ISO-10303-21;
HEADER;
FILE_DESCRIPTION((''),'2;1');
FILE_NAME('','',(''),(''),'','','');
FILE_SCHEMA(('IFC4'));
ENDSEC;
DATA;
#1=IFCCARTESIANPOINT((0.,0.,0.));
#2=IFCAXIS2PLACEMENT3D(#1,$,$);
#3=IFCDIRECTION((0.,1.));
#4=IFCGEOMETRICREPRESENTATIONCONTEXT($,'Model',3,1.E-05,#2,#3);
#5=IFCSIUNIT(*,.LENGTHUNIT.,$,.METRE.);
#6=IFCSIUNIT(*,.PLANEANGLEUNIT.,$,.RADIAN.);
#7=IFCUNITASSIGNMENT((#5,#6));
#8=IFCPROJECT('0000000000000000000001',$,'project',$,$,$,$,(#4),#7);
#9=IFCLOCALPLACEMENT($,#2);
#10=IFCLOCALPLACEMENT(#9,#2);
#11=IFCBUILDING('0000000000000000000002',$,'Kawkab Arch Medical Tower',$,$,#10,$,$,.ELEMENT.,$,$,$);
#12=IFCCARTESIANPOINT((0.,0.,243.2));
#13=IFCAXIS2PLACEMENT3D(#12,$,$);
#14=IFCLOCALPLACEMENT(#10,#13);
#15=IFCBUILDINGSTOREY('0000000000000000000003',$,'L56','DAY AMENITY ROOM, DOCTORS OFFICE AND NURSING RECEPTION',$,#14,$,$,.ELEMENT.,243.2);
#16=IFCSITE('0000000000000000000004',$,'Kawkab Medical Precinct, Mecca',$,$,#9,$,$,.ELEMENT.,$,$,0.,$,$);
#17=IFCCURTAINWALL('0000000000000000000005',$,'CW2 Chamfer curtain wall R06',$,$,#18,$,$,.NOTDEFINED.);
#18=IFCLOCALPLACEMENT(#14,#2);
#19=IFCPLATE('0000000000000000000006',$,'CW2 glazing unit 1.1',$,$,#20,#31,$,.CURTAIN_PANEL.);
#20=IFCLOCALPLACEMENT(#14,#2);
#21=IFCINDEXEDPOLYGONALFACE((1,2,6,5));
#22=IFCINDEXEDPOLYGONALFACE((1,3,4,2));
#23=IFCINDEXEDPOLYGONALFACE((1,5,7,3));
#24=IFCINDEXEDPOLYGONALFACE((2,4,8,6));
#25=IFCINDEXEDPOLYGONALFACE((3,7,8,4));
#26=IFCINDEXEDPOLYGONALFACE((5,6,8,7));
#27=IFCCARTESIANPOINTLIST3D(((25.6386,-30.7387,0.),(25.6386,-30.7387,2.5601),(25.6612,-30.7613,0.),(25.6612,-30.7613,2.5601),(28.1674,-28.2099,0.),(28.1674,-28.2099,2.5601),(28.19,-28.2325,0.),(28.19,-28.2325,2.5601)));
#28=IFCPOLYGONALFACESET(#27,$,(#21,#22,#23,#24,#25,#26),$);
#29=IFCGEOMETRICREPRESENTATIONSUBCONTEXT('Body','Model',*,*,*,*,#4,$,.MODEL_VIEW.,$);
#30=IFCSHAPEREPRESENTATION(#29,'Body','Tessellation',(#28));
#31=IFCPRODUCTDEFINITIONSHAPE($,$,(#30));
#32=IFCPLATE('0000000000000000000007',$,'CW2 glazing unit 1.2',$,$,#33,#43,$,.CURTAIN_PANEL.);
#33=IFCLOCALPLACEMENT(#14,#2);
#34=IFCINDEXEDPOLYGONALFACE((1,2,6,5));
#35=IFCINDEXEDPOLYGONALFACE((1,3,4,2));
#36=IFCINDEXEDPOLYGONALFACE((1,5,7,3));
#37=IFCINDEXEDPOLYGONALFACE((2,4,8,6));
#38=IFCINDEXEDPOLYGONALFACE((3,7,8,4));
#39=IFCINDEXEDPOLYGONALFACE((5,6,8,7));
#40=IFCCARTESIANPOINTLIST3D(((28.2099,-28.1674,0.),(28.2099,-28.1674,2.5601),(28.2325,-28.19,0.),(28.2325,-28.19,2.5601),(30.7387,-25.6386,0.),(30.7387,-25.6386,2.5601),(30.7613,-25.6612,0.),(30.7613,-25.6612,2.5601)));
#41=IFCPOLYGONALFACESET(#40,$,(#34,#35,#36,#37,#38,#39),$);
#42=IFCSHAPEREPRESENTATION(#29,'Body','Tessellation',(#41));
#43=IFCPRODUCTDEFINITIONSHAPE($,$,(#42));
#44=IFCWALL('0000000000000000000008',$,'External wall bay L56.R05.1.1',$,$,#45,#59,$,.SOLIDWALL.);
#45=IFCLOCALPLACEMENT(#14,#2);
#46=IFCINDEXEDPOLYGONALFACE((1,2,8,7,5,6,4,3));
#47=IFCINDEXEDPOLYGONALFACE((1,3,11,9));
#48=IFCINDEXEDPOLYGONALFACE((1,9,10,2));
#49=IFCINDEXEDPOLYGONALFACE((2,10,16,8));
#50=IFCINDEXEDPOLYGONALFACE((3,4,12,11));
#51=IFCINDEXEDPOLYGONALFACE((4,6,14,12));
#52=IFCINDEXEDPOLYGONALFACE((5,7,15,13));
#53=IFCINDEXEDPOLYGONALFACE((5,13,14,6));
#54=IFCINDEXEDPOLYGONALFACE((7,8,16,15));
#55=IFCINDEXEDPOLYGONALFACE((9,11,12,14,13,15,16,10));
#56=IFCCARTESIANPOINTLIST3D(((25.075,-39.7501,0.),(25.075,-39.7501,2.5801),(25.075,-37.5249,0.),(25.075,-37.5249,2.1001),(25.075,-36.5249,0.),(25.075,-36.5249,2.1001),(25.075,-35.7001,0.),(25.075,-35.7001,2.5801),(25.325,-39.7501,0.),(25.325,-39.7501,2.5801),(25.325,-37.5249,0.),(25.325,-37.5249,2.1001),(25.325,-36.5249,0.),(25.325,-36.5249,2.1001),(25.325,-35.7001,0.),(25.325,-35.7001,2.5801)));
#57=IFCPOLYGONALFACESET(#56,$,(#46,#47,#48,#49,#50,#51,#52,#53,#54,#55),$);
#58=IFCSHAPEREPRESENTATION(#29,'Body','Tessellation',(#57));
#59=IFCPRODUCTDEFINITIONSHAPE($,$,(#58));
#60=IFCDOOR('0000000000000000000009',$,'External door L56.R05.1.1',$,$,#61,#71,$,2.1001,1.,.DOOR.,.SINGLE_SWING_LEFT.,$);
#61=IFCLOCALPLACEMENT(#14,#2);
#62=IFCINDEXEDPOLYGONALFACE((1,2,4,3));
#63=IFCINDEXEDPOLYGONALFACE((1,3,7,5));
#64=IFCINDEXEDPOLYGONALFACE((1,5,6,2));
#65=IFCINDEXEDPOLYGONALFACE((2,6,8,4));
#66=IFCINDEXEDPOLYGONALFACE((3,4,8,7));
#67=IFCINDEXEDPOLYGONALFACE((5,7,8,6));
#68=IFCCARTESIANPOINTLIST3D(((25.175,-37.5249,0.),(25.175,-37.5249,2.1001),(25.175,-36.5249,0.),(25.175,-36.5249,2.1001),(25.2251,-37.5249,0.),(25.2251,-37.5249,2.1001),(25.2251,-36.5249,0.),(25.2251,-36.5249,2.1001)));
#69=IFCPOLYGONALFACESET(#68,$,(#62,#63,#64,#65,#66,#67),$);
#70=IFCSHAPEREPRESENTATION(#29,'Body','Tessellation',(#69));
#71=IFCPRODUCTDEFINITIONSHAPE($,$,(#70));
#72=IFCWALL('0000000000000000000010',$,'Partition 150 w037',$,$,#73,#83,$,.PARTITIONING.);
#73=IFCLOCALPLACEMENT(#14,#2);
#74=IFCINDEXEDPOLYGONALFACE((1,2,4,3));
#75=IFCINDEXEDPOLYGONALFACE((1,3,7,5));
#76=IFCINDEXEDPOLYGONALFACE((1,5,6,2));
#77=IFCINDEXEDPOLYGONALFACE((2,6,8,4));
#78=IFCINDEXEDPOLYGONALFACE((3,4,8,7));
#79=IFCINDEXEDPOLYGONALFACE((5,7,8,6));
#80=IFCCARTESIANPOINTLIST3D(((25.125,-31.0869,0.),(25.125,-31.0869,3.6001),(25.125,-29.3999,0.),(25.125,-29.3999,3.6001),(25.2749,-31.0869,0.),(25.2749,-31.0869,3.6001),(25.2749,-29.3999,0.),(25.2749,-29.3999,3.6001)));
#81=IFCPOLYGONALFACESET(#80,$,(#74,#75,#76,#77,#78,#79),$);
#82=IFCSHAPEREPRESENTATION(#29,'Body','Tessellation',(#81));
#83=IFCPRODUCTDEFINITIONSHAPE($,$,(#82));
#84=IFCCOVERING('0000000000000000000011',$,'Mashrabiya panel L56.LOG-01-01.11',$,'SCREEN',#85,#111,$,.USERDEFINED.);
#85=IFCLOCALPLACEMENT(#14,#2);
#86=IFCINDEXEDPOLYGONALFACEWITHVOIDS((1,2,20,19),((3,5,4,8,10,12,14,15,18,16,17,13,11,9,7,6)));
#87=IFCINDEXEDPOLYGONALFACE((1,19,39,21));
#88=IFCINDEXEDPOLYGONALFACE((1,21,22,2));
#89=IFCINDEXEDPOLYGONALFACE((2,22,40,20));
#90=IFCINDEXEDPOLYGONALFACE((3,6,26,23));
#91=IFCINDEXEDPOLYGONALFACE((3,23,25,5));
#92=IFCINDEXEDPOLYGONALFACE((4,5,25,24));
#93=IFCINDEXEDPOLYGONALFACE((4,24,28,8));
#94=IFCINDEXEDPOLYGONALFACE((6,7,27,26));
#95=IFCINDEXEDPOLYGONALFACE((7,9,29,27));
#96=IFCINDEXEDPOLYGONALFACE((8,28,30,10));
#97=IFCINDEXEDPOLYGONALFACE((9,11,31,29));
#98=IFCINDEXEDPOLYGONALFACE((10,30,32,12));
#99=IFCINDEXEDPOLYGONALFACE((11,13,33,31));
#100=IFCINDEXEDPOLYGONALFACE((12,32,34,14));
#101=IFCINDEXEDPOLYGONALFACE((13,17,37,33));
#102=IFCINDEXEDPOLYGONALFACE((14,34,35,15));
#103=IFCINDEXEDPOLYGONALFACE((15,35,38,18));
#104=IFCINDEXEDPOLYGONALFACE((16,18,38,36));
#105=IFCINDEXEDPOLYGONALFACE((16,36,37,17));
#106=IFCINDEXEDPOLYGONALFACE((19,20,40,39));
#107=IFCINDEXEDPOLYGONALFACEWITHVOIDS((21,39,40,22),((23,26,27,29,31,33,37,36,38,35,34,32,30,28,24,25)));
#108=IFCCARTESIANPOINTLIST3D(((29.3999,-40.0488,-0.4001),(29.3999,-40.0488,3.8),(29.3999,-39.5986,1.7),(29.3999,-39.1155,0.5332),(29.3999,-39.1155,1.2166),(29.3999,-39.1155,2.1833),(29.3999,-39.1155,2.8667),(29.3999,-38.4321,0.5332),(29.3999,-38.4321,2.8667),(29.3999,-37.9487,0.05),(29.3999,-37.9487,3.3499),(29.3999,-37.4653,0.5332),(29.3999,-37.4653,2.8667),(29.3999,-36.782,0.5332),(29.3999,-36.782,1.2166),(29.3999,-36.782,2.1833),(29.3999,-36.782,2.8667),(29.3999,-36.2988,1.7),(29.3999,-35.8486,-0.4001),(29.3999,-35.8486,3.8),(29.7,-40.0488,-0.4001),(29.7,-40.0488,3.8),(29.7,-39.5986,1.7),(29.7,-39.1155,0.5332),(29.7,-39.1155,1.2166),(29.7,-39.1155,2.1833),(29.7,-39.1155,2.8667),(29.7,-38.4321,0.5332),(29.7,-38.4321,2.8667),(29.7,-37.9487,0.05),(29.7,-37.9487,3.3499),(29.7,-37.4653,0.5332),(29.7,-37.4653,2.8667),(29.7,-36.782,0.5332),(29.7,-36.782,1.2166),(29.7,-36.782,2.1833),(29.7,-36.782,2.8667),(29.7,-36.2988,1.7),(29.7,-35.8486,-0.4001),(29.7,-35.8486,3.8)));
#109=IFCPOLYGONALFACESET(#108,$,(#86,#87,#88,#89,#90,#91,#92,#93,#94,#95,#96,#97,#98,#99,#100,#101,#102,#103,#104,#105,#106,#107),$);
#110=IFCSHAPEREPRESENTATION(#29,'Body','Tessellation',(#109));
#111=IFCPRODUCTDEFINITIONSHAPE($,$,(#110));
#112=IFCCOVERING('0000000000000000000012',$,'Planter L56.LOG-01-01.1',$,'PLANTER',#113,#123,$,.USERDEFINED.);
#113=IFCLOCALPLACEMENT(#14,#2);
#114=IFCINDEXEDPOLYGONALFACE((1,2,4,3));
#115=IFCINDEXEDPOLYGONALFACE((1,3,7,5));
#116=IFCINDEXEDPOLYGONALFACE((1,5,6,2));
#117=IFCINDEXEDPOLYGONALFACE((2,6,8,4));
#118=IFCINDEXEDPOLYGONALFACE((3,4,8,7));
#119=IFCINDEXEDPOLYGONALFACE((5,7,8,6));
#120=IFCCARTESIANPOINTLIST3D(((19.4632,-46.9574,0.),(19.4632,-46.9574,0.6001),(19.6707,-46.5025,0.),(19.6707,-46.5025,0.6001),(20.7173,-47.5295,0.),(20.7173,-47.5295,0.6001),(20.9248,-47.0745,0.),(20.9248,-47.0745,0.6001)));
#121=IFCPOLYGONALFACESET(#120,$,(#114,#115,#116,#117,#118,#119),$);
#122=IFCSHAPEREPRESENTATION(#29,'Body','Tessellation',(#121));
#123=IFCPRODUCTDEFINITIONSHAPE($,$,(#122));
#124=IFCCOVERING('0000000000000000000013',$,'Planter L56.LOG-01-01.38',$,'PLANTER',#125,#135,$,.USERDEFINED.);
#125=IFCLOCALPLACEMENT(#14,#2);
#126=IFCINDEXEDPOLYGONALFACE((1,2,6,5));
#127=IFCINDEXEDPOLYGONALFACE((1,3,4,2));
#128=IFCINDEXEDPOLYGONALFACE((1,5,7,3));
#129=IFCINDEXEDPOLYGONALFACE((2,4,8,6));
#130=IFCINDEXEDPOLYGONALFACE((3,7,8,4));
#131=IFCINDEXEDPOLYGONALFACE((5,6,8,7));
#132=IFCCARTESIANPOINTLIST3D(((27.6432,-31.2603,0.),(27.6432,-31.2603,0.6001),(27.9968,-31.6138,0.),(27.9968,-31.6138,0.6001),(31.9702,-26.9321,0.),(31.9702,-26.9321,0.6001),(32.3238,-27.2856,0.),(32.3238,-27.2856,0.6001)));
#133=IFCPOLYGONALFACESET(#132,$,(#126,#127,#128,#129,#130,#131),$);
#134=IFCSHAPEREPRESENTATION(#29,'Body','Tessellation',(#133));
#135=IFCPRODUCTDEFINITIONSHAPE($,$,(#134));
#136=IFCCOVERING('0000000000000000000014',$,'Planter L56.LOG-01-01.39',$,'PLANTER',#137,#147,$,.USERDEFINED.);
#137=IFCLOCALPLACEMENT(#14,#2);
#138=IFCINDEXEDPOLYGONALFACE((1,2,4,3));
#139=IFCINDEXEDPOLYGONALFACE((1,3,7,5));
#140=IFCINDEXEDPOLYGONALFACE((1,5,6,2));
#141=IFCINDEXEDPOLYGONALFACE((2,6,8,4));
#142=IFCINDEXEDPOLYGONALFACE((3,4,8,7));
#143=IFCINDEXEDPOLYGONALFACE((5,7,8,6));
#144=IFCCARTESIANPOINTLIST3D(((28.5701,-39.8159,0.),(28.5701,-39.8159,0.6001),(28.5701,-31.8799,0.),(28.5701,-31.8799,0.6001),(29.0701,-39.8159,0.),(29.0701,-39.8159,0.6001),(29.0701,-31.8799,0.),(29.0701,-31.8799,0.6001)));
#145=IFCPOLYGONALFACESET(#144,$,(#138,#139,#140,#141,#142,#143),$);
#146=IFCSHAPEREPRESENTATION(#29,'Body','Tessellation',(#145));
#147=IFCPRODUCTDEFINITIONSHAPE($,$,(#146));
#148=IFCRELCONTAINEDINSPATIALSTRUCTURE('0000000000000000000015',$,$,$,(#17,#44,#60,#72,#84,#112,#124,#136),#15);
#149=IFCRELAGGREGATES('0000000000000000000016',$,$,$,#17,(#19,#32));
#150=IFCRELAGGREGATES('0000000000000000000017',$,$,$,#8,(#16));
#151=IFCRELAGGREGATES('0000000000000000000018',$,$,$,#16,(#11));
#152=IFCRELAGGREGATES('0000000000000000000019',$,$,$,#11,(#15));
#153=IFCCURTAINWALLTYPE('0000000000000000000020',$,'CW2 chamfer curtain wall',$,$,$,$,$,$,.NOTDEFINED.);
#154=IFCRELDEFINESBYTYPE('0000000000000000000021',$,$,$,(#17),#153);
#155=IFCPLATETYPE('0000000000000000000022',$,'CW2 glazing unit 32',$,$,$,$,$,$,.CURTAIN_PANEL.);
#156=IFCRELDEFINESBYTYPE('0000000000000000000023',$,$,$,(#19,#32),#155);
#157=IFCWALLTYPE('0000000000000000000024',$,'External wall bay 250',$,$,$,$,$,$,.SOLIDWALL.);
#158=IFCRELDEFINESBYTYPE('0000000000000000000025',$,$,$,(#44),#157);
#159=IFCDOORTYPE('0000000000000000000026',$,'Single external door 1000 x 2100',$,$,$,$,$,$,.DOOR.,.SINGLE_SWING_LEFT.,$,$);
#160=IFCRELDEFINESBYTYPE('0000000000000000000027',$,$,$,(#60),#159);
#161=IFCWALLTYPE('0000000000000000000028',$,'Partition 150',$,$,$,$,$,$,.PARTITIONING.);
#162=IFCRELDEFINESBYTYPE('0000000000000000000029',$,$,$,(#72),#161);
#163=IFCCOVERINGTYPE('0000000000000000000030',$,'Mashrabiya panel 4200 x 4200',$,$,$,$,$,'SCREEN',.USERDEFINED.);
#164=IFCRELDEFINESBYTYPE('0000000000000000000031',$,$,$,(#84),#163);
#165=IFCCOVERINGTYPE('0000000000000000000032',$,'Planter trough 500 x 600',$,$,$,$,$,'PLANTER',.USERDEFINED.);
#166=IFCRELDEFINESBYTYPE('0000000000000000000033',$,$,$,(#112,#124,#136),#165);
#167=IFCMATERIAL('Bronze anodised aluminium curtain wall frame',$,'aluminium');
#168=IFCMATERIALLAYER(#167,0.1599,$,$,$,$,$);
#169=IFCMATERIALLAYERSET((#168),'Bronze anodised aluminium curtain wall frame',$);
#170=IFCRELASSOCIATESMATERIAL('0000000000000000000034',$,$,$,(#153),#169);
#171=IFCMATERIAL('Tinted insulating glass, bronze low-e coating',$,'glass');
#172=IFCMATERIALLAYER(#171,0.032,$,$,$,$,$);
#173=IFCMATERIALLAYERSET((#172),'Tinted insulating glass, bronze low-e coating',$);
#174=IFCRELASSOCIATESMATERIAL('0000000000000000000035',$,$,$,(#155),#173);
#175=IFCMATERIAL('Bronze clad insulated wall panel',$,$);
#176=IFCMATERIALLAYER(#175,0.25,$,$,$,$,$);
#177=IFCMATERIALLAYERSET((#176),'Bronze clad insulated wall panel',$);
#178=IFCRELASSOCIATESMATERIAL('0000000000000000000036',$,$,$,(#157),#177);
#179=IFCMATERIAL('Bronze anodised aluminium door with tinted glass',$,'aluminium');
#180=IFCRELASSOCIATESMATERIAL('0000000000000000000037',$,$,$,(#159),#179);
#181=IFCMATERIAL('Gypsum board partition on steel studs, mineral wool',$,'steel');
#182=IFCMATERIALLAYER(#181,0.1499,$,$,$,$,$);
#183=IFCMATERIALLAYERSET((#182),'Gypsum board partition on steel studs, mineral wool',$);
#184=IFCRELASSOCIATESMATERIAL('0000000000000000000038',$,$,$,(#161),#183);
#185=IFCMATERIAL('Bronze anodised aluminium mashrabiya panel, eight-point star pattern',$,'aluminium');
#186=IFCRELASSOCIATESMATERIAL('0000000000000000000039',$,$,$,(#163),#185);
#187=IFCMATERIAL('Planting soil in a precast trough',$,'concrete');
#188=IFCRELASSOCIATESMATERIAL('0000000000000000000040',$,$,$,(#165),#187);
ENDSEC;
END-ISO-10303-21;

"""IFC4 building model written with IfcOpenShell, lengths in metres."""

from ifc_helpers import new_model, si_unit, direction, frame, frame_2d, origin, origin_2d, place, context, subcontext, project, spatial, polyline, rectangle, outline, extrude, material, layer, layer_set, material_profile, profile_set, type_object, element, fill, aggregate, save


model = new_model("IFC4")

# Units and contexts
model_context = context("Model", 3, precision=1e-05, world=origin(), true_north=direction((0.0, 1.0)))
body_context = subcontext(model_context, "Body", "Model", "MODEL_VIEW")
ifc_project = project(units=[si_unit("LENGTHUNIT", "METRE"), si_unit("PLANEANGLEUNIT", "RADIAN")], contexts=[model_context])

# Site, building, storey
site_placement = place(None, origin())
site = spatial("IfcSite", under=ifc_project, at=site_placement, Name="Kawkab Medical Precinct, Mecca", CompositionType="ELEMENT", RefElevation=0.0)
building_placement = place(site_placement, origin())
building = spatial("IfcBuilding", under=site, at=building_placement, Name="Kawkab Arch Medical Tower", CompositionType="ELEMENT")
storey_placement = place(building_placement, frame((0.0, 0.0, 243.2)))
storey = spatial("IfcBuildingStorey", under=building, at=storey_placement, Name="L56", Description="DAY AMENITY ROOM, DOCTORS OFFICE AND NURSING RECEPTION", CompositionType="ELEMENT", Elevation=243.2)

# Shared definitions
placement = place(storey_placement, origin())
ifc_material_1 = material(Name="Bronze anodised aluminium curtain wall frame", Category="aluminium")
ifc_layer_1 = layer(ifc_material_1, 0.1599)
ifc_layer_set_1 = layer_set([ifc_layer_1], Name="Bronze anodised aluminium curtain wall frame")
curtain_wall_type_1 = type_object("IfcCurtainWallType", Name="CW2 chamfer curtain wall", PredefinedType="NOTDEFINED", material=ifc_layer_set_1)

# Curtain wall
curtain_wall_1 = element("IfcCurtainWall", 1, at=placement, inside=storey, type_object=curtain_wall_type_1, Name="CW2 Chamfer curtain wall R06", PredefinedType="NOTDEFINED")

# Plates
ifc_material_2 = material(Name="Tinted insulating glass, bronze low-e coating", Category="glass")
ifc_layer_2 = layer(ifc_material_2, 0.032)
ifc_layer_set_2 = layer_set([ifc_layer_2], Name="Tinted insulating glass, bronze low-e coating")
plate_type_1 = type_object("IfcPlateType", Name="CW2 glazing unit 32", PredefinedType="CURTAIN_PANEL", material=ifc_layer_set_2)
plate_1_placement = place(storey_placement, frame((26.9143, -29.4856, 0.0), z_axis=(0.0, 0.0, 1.0), x_axis=(0.707107, 0.707107, 0.0)))
plate_1 = element("IfcPlate", 2, at=plate_1_placement, type_object=plate_type_1, Name="CW2 glazing unit 1.1", PredefinedType="CURTAIN_PANEL", context=body_context, shape_type="SweptSolid", body=[
    extrude(rectangle(XDim=3.5762, YDim=0.032, at=origin_2d()), origin(), (0.0, 0.0, 1.0), 2.5601),
])
plate_2_placement = place(storey_placement, frame((29.4856, -26.9143, 0.0), z_axis=(0.0, 0.0, 1.0), x_axis=(0.707107, 0.707107, 0.0)))
plate_2 = element("IfcPlate", 3, at=plate_2_placement, type_object=plate_type_1, Name="CW2 glazing unit 1.2", PredefinedType="CURTAIN_PANEL", context=body_context, shape_type="SweptSolid", body=[
    extrude(rectangle(XDim=3.5762, YDim=0.032, at=origin_2d()), origin(), (0.0, 0.0, 1.0), 2.5601),
])
aggregate(curtain_wall_1, [plate_1, plate_2])

# Wall, opening, door
ifc_material_3 = material(Name="Bronze clad insulated wall panel")
ifc_layer_3 = layer(ifc_material_3, 0.25)
ifc_layer_set_3 = layer_set([ifc_layer_3], Name="Bronze clad insulated wall panel")
wall_type_1 = type_object("IfcWallType", Name="External wall bay 250", PredefinedType="SOLIDWALL", material=ifc_layer_set_3)
wall_1_placement = place(storey_placement, frame((25.2, -39.75, 0.0), z_axis=(0.0, 0.0, 1.0), x_axis=(0.0, 1.0, 0.0)))
wall_1 = element("IfcWall", 4, at=wall_1_placement, inside=storey, type_object=wall_type_1, Name="External wall bay L56.R05.1.1", PredefinedType="SOLIDWALL", context=body_context, shape_type="SweptSolid", body=[
    extrude(rectangle(XDim=4.05, YDim=0.25, at=frame_2d((2.0249, 0.0))), origin(), (0.0, 0.0, 1.0), 2.5801),
])
opening_placement = place(wall_1_placement, frame((2.2251, 0.0, 0.0)))
opening = element("IfcOpeningElement", 5, at=opening_placement, cuts=wall_1, PredefinedType="OPENING", context=body_context, shape_type="SweptSolid", body=[
    extrude(rectangle(XDim=1.0, YDim=2.1001, at=frame_2d((0.5, 1.05))), frame((0.0, 0.135, 0.0), z_axis=(0.0, -1.0, 0.0), x_axis=(1.0, 0.0, 0.0)), (0.0, 0.0, 1.0), 0.27),
])
ifc_material_4 = material(Name="Bronze anodised aluminium door with tinted glass", Category="aluminium")
door_type = type_object("IfcDoorType", Name="Single external door 1000 x 2100", OperationType="SINGLE_SWING_LEFT", PredefinedType="DOOR", material=ifc_material_4)
door_placement = place(opening_placement, origin())
door = element("IfcDoor", 6, at=door_placement, inside=storey, type_object=door_type, Name="External door L56.R05.1.1", OperationType="SINGLE_SWING_LEFT", OverallHeight=2.1001, OverallWidth=1.0, PredefinedType="DOOR", context=body_context, shape_type="SweptSolid", body=[
    extrude(rectangle(XDim=1.0, YDim=2.1001, at=frame_2d((0.5, 1.05))), frame((0.0, 0.0249, 0.0), z_axis=(0.0, -1.0, 0.0), x_axis=(1.0, 0.0, 0.0)), (0.0, 0.0, 1.0), 0.05),
])
fill(opening, door)

# Wall
ifc_material_5 = material(Name="Gypsum board partition on steel studs, mineral wool", Category="steel")
ifc_layer_4 = layer(ifc_material_5, 0.1499)
ifc_layer_set_4 = layer_set([ifc_layer_4], Name="Gypsum board partition on steel studs, mineral wool")
wall_type_2 = type_object("IfcWallType", Name="Partition 150", PredefinedType="PARTITIONING", material=ifc_layer_set_4)
wall_2_placement = place(storey_placement, frame((25.2, -31.0869, 0.0), z_axis=(0.0, 0.0, 1.0), x_axis=(0.0, 1.0, 0.0)))
element("IfcWall", 7, at=wall_2_placement, inside=storey, type_object=wall_type_2, Name="Partition 150 w037", PredefinedType="PARTITIONING", context=body_context, shape_type="SweptSolid", body=[
    extrude(rectangle(XDim=1.687, YDim=0.1499, at=frame_2d((0.8435, 0.0))), origin(), (0.0, 0.0, 1.0), 3.6001),
])

# Coverings
ifc_material_6 = material(Name="Bronze anodised aluminium mashrabiya panel, eight-point star pattern", Category="aluminium")
ifc_material_profile_1 = material_profile(ifc_material_6, outline(polyline([(-2.1001, -2.1001), (2.1001, -2.1001), (2.1001, 2.1001), (-2.1001, 2.1001), (-2.1001, -2.1001)]), holes=[polyline([(1.6499, 0.0), (1.1667, 0.4834), (1.1667, 1.1667), (0.4834, 1.1667), (0.0, 1.6499), (-0.4834, 1.1667), (-1.1667, 1.1667), (-1.1667, 0.4834), (-1.6499, 0.0), (-1.1667, -0.4834), (-1.1667, -1.1667), (-0.4834, -1.1667), (0.0, -1.6499), (0.4834, -1.1667), (1.1667, -1.1667), (1.1667, -0.4834), (1.6499, 0.0)])]), Name="Mashrabiya panel 4200x4200")
ifc_profile_set_1 = profile_set([ifc_material_profile_1], Name="Bronze anodised aluminium mashrabiya panel, eight-point star pattern")
covering_type_1 = type_object("IfcCoveringType", Name="Mashrabiya panel 4200 x 4200", ElementType="SCREEN", PredefinedType="USERDEFINED", material=ifc_profile_set_1)
covering_1_placement = place(storey_placement, frame((29.3999, -37.9487, 1.7), z_axis=(1.0, 0.0, 0.0), x_axis=(0.0, 1.0, 0.0)))
element("IfcCovering", 8, at=covering_1_placement, inside=storey, type_object=covering_type_1, Name="Mashrabiya panel L56.LOG-01-01.11", ObjectType="SCREEN", PredefinedType="USERDEFINED", context=body_context, shape_type="SweptSolid", body=[
    extrude(outline(polyline([(-2.1001, -2.1001), (2.1001, -2.1001), (2.1001, 2.1001), (-2.1001, 2.1001), (-2.1001, -2.1001)]), holes=[polyline([(1.6499, 0.0), (1.1667, 0.4834), (1.1667, 1.1667), (0.4834, 1.1667), (0.0, 1.6499), (-0.4834, 1.1667), (-1.1667, 1.1667), (-1.1667, 0.4834), (-1.6499, 0.0), (-1.1667, -0.4834), (-1.1667, -1.1667), (-0.4834, -1.1667), (0.0, -1.6499), (0.4834, -1.1667), (1.1667, -1.1667), (1.1667, -0.4834), (1.6499, 0.0)])]), origin(), (0.0, 0.0, 1.0), 0.3),
])
ifc_material_7 = material(Name="Planting soil in a precast trough", Category="concrete")
ifc_material_profile_2 = material_profile(ifc_material_7, rectangle(XDim=0.5, YDim=0.6001, at=origin_2d()), Name="Trough 500x600")
ifc_profile_set_2 = profile_set([ifc_material_profile_2], Name="Planting soil in a precast trough")
covering_type_2 = type_object("IfcCoveringType", Name="Planter trough 500 x 600", ElementType="PLANTER", PredefinedType="USERDEFINED", material=ifc_profile_set_2)
covering_2_placement = place(storey_placement, frame((20.821, -47.302, 0.3), z_axis=(-0.909832, 0.414977, 0.0), x_axis=(-0.414977, -0.909832, 0.0)))
element("IfcCovering", 9, at=covering_2_placement, inside=storey, type_object=covering_type_2, Name="Planter L56.LOG-01-01.1", ObjectType="PLANTER", PredefinedType="USERDEFINED", context=body_context, shape_type="SweptSolid", body=[
    extrude(rectangle(XDim=0.5, YDim=0.6001, at=origin_2d()), origin(), (0.0, 0.0, 1.0), 1.3784),
])
covering_3_placement = place(storey_placement, frame((32.147, -27.1089, 0.3), z_axis=(-0.707007, -0.707207, 0.0), x_axis=(0.707207, -0.707007, 0.0)))
element("IfcCovering", 10, at=covering_3_placement, inside=storey, type_object=covering_type_2, Name="Planter L56.LOG-01-01.38", ObjectType="PLANTER", PredefinedType="USERDEFINED", context=body_context, shape_type="SweptSolid", body=[
    extrude(rectangle(XDim=0.5, YDim=0.6001, at=origin_2d()), origin(), (0.0, 0.0, 1.0), 6.1201),
])
covering_4_placement = place(storey_placement, frame((28.8201, -31.8799, 0.3), z_axis=(0.0, -1.0, 0.0), x_axis=(1.0, 0.0, 0.0)))
element("IfcCovering", 11, at=covering_4_placement, inside=storey, type_object=covering_type_2, Name="Planter L56.LOG-01-01.39", ObjectType="PLANTER", PredefinedType="USERDEFINED", context=body_context, shape_type="SweptSolid", body=[
    extrude(rectangle(XDim=0.5, YDim=0.6001, at=origin_2d()), origin(), (0.0, 0.0, 1.0), 7.936),
])

save(model, "model.ifc")
